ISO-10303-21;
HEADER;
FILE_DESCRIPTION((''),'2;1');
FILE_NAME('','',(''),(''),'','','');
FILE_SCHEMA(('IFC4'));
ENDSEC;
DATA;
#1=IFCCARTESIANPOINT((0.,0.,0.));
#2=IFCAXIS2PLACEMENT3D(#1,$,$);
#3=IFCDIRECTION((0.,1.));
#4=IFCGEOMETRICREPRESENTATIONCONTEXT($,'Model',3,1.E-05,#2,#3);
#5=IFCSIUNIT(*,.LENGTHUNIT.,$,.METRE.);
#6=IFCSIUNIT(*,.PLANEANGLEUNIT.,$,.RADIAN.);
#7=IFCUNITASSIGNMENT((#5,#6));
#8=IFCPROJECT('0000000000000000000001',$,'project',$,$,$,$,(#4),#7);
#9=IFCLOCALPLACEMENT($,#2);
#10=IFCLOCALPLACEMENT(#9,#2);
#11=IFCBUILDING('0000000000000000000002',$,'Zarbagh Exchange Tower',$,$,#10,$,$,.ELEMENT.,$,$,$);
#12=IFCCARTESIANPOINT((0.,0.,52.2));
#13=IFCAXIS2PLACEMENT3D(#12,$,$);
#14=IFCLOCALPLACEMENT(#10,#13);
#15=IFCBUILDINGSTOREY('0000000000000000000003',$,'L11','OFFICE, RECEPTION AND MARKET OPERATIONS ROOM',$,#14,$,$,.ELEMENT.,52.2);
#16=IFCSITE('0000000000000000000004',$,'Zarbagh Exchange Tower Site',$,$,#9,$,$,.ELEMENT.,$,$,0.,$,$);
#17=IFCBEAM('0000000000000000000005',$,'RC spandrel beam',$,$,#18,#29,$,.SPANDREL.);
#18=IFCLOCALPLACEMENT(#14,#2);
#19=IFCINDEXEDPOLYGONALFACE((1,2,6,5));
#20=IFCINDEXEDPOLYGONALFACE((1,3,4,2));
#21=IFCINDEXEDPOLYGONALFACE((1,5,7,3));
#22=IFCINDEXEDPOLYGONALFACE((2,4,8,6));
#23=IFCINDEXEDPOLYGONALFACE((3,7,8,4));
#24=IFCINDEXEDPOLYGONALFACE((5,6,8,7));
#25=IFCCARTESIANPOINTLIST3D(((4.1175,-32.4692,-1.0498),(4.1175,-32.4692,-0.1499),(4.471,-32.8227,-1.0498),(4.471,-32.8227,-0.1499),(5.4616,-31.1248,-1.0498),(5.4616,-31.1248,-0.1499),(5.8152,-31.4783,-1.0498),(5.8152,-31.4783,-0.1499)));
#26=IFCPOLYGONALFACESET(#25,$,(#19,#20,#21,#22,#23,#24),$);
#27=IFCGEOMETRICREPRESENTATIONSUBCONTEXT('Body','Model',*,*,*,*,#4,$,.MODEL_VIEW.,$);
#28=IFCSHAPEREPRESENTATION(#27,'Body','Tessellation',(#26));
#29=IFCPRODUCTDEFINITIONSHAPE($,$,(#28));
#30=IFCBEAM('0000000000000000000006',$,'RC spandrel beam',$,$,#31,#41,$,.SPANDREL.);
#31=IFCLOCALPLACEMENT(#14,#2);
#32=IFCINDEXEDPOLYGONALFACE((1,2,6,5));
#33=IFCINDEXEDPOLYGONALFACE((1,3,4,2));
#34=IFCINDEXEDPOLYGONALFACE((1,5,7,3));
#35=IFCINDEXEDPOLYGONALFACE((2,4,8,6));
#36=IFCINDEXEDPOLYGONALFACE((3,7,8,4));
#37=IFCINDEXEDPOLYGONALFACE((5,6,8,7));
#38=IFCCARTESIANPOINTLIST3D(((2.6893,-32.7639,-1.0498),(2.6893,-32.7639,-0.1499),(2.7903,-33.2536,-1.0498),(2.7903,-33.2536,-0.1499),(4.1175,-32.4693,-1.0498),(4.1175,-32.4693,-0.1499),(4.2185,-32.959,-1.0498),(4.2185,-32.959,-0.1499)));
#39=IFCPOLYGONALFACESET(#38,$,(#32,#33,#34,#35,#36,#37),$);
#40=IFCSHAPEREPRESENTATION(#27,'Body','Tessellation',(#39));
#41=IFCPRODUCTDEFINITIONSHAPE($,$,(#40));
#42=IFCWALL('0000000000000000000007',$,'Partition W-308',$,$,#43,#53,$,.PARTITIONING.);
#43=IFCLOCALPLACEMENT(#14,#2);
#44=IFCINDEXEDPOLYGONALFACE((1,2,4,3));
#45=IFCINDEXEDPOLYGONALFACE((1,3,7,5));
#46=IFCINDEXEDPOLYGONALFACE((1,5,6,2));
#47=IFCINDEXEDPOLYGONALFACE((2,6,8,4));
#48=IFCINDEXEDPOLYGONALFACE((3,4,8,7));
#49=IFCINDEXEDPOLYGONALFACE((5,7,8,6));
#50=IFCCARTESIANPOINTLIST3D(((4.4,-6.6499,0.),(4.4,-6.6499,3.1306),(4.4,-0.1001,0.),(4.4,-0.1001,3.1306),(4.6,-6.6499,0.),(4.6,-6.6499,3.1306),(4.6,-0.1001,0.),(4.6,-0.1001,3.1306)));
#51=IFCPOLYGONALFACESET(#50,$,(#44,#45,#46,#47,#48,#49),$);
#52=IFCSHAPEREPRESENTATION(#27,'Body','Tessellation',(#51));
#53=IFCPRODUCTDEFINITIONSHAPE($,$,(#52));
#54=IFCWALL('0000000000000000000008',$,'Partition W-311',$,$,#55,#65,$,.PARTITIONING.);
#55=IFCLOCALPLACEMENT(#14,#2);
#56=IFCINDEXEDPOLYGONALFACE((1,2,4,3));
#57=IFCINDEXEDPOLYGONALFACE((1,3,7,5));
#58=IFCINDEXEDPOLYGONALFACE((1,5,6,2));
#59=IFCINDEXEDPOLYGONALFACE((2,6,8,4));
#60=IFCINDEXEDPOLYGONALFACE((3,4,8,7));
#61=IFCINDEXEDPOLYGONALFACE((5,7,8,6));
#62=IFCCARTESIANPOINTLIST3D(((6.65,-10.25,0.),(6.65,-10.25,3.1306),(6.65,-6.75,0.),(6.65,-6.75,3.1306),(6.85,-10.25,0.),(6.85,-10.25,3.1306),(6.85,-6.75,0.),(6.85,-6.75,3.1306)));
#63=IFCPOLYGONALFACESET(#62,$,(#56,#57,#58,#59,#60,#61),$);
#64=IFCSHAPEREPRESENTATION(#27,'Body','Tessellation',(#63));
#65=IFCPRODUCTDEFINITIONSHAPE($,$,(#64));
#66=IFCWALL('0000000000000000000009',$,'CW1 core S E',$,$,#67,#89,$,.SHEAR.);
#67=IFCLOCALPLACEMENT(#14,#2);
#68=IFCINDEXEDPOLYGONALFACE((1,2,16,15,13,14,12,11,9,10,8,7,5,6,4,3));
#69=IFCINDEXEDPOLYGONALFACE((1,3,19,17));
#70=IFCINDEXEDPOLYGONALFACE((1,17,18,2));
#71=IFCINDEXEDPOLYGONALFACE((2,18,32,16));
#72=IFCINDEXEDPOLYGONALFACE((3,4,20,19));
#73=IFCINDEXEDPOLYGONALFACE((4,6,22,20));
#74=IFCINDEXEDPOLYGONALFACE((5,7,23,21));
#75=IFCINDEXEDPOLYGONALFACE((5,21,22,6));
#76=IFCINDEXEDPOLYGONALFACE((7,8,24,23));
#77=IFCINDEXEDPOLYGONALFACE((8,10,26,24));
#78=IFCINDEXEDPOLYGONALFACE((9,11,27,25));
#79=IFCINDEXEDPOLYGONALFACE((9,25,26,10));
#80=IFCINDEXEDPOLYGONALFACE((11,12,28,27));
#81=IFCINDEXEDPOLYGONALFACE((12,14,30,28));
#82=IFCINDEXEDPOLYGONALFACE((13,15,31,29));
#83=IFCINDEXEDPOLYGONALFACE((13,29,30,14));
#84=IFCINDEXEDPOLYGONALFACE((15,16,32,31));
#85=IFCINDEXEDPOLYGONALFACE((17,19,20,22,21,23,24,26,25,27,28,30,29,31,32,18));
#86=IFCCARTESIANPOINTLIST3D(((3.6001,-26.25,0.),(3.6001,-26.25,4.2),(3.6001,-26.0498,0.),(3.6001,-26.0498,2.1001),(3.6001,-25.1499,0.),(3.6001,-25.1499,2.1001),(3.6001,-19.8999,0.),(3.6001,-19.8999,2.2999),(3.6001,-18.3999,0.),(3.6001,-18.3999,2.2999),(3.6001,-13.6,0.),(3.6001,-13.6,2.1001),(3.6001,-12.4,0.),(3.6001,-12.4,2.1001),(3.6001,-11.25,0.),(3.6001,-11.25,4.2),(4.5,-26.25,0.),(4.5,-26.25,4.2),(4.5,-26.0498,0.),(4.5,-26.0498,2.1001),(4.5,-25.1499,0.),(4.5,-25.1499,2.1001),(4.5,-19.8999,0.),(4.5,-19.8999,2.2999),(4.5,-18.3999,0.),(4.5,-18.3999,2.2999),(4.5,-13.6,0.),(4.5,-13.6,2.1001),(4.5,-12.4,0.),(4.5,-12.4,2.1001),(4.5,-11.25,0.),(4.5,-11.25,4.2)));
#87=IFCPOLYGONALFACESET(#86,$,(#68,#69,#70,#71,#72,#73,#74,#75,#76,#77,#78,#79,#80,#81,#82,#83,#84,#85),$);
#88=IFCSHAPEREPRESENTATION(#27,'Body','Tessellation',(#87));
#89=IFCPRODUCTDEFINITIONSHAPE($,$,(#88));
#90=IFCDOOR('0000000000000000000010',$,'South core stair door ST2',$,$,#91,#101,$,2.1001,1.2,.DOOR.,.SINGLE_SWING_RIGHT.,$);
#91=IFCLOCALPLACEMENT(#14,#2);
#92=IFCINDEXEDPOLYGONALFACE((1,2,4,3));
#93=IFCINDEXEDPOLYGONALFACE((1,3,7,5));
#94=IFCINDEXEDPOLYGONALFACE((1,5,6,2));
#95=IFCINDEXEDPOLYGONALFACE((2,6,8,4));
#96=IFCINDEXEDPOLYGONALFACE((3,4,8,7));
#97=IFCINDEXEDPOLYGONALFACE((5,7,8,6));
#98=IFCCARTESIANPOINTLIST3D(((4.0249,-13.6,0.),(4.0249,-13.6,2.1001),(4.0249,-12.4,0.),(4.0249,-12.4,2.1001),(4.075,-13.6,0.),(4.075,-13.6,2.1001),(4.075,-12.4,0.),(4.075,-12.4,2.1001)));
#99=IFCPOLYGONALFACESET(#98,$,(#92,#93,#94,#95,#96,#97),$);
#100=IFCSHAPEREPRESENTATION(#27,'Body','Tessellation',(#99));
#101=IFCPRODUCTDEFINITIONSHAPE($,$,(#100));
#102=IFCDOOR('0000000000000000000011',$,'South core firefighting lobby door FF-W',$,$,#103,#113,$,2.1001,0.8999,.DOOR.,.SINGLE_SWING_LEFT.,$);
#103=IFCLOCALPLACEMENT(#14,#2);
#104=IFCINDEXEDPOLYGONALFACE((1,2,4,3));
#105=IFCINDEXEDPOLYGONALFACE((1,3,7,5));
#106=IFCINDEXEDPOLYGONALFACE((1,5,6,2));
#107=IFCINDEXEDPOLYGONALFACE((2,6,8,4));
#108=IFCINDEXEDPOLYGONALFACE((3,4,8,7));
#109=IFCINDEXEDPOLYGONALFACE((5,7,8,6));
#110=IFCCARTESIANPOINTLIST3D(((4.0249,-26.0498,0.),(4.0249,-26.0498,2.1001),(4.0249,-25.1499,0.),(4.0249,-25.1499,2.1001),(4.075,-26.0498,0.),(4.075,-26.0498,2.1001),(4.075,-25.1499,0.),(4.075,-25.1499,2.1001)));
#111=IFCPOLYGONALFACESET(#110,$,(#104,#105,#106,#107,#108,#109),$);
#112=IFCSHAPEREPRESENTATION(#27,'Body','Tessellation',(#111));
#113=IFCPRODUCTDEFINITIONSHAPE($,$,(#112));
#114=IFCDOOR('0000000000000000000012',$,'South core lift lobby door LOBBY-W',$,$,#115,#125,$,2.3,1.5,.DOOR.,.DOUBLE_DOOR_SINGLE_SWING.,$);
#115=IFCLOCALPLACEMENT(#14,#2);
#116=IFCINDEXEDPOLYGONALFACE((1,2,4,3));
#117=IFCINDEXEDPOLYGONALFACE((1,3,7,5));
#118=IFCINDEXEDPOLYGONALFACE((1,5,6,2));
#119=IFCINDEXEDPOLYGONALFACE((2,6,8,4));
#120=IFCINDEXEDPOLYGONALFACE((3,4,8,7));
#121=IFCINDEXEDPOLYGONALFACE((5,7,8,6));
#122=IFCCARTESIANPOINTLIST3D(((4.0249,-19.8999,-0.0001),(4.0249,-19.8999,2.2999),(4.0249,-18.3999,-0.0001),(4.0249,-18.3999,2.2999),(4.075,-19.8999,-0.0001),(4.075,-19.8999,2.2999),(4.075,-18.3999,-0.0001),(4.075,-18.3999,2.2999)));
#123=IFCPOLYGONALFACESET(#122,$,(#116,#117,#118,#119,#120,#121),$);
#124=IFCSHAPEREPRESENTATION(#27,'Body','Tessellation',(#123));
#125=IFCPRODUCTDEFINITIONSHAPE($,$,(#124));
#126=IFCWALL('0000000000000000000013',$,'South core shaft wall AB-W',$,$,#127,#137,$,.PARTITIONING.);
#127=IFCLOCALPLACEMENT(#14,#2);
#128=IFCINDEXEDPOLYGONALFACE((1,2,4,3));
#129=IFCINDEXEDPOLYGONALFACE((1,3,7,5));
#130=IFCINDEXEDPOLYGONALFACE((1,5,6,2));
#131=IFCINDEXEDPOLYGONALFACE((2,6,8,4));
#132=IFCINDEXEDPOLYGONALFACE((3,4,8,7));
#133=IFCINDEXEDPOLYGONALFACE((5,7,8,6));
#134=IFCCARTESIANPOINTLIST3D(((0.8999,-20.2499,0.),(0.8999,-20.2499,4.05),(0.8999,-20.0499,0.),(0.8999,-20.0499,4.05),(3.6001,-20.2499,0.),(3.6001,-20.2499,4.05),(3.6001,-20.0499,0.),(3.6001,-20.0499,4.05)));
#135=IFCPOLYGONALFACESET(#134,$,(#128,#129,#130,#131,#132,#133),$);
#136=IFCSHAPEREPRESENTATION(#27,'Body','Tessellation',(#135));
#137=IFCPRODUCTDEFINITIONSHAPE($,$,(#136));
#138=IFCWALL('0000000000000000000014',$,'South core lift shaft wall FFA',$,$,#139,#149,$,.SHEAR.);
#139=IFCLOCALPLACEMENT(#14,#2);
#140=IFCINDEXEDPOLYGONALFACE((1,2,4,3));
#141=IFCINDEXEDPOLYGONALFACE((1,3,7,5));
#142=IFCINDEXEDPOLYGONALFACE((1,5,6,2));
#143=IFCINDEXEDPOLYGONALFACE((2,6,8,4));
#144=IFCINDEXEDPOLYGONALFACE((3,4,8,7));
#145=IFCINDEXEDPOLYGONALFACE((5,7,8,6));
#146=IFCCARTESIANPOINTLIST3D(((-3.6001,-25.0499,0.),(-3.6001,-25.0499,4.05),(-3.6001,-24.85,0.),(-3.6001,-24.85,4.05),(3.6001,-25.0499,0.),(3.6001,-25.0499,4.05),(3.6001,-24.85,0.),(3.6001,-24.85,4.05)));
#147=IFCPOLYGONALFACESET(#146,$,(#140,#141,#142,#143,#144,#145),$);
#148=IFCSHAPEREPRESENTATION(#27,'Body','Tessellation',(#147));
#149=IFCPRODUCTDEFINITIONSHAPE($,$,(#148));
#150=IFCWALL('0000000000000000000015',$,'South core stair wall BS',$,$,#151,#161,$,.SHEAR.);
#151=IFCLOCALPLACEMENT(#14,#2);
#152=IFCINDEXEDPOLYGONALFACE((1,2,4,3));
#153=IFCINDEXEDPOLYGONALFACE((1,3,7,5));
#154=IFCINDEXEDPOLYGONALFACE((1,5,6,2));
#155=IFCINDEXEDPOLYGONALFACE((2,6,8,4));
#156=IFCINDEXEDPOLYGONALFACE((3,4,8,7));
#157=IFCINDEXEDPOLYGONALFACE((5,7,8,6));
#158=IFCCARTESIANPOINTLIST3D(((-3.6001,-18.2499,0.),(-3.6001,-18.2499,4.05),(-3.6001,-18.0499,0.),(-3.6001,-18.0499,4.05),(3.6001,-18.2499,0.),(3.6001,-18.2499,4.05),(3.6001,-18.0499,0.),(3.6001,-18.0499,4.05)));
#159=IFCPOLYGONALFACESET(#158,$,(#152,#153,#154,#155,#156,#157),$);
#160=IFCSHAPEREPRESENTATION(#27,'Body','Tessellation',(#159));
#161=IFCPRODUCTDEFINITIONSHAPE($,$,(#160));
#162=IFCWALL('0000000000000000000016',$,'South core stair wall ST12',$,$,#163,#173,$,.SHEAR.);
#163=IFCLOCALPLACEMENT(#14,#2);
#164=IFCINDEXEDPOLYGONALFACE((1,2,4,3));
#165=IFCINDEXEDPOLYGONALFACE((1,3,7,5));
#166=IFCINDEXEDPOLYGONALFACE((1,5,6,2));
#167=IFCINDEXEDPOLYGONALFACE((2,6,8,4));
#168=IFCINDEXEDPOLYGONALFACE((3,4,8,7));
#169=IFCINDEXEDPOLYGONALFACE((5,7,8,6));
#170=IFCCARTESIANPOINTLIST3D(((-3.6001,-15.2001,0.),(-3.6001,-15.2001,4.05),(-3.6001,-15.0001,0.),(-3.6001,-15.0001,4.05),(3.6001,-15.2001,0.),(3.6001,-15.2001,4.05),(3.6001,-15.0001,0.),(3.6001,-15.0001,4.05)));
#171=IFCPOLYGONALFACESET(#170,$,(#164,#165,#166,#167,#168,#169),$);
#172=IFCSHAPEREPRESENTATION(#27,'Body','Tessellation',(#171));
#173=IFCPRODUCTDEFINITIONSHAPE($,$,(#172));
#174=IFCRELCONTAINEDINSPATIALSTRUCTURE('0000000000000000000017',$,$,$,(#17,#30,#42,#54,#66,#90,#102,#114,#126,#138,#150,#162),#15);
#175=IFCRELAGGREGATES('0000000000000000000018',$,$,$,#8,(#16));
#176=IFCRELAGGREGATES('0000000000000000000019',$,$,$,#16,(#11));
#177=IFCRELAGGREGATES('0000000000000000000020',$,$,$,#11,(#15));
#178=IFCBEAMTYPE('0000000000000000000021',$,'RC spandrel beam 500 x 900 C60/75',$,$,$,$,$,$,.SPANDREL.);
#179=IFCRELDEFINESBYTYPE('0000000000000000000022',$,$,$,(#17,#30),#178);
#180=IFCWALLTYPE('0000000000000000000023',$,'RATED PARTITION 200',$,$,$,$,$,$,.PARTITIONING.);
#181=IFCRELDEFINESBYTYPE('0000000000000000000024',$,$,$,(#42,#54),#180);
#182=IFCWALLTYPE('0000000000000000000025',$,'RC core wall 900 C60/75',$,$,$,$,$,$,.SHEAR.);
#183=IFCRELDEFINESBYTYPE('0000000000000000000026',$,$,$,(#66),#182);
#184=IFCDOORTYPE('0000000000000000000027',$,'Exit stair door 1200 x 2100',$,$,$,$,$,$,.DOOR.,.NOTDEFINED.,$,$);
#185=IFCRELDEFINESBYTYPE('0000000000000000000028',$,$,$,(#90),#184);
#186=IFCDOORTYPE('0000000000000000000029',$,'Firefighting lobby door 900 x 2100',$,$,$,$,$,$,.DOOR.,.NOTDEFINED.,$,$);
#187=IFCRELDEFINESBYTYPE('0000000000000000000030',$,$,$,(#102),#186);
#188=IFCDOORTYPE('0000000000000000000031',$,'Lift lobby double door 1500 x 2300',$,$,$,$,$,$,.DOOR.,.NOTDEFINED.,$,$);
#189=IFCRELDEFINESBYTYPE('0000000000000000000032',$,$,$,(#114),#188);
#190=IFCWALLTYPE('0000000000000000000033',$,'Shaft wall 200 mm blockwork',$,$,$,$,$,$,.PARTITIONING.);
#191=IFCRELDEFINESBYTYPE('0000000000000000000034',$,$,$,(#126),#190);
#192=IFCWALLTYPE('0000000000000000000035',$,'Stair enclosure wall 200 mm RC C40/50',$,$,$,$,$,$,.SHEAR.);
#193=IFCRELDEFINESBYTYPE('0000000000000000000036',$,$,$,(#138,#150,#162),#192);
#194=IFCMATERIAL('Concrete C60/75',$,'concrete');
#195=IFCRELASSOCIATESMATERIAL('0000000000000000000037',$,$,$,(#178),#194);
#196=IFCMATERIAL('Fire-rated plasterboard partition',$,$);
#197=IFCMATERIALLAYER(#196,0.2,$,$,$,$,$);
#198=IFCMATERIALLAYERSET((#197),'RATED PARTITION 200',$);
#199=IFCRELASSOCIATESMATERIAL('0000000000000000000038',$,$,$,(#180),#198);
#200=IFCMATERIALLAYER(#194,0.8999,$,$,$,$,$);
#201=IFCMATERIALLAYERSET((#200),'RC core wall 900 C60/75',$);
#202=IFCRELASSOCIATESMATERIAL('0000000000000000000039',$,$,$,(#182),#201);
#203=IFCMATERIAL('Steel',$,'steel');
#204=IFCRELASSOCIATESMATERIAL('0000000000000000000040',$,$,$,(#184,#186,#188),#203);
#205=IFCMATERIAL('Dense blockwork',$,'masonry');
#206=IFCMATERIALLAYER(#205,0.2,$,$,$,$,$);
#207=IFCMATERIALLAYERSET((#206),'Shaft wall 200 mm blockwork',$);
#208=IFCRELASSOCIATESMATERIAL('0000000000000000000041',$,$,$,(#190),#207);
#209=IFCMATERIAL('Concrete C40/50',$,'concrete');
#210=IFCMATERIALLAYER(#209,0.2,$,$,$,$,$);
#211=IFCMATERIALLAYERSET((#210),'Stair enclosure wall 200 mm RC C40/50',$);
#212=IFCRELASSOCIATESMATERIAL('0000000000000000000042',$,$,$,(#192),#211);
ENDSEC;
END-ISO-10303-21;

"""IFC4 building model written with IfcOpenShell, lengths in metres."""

from ifc_helpers import new_model, si_unit, direction, frame, frame_2d, origin, origin_2d, place, context, subcontext, project, spatial, rectangle, extrude, material, layer, layer_set, material_profile, profile_set, type_object, element, fill, save


model = new_model("IFC4")

# Units and contexts
model_context = context("Model", 3, precision=1e-05, world=origin(), true_north=direction((0.0, 1.0)))
body_context = subcontext(model_context, "Body", "Model", "MODEL_VIEW")
ifc_project = project(units=[si_unit("LENGTHUNIT", "METRE"), si_unit("PLANEANGLEUNIT", "RADIAN")], contexts=[model_context])

# Site, building, storey
site_placement = place(None, origin())
site = spatial("IfcSite", under=ifc_project, at=site_placement, Name="Zarbagh Exchange Tower Site", CompositionType="ELEMENT", RefElevation=0.0)
building_placement = place(site_placement, origin())
building = spatial("IfcBuilding", under=site, at=building_placement, Name="Zarbagh Exchange Tower", CompositionType="ELEMENT")
storey_placement = place(building_placement, frame((0.0, 0.0, 52.2)))
storey = spatial("IfcBuildingStorey", under=building, at=storey_placement, Name="L11", Description="OFFICE, RECEPTION AND MARKET OPERATIONS ROOM", CompositionType="ELEMENT", Elevation=52.2)

# Shared definitions
ifc_material_1 = material(Name="Concrete C60/75", Category="concrete")

# Beams
ifc_material_profile_1 = material_profile(ifc_material_1, rectangle(XDim=0.5, YDim=0.8999, at=origin_2d()), Name="RC spandrel beam 500 x 900 C60/75")
ifc_profile_set_1 = profile_set([ifc_material_profile_1], Name="Concrete C60/75")
beam_type_1 = type_object("IfcBeamType", Name="RC spandrel beam 500 x 900 C60/75", PredefinedType="SPANDREL", material=ifc_profile_set_1)
beam_1_placement = place(storey_placement, frame((5.6384, -31.3015, -0.5999), z_axis=(-0.707043, -0.707171, 0.0), x_axis=(0.707171, -0.707043, 0.0)))
element("IfcBeam", 1, at=beam_1_placement, inside=storey, type_object=beam_type_1, Name="RC spandrel beam", PredefinedType="SPANDREL", context=body_context, shape_type="SweptSolid", body=[
    extrude(rectangle(XDim=0.5, YDim=0.8999, at=origin_2d()), origin(), (0.0, 0.0, 1.0), 1.9011),
])
beam_2_placement = place(storey_placement, frame((4.168, -32.7141, -0.5999), z_axis=(-0.979371, -0.202069, 0.0), x_axis=(0.202069, -0.979371, 0.0)))
element("IfcBeam", 2, at=beam_2_placement, inside=storey, type_object=beam_type_1, Name="RC spandrel beam", PredefinedType="SPANDREL", context=body_context, shape_type="SweptSolid", body=[
    extrude(rectangle(XDim=0.5, YDim=0.8999, at=origin_2d()), origin(), (0.0, 0.0, 1.0), 1.4583),
])

# Walls
ifc_material_2 = material(Name="Fire-rated plasterboard partition")
ifc_layer_1 = layer(ifc_material_2, 0.2)
ifc_layer_set_1 = layer_set([ifc_layer_1], Name="RATED PARTITION 200")
wall_type_1 = type_object("IfcWallType", Name="RATED PARTITION 200", PredefinedType="PARTITIONING", material=ifc_layer_set_1)
wall_1_placement = place(storey_placement, frame((4.5, -6.6499, 0.0), z_axis=(0.0, 0.0, 1.0), x_axis=(0.0, 1.0, 0.0)))
element("IfcWall", 3, at=wall_1_placement, inside=storey, type_object=wall_type_1, Name="Partition W-308", PredefinedType="PARTITIONING", context=body_context, shape_type="SweptSolid", body=[
    extrude(rectangle(XDim=6.5498, YDim=0.2, at=frame_2d((3.2749, 0.0))), origin(), (0.0, 0.0, 1.0), 3.1306),
])
wall_2_placement = place(storey_placement, frame((6.75, -10.25, 0.0), z_axis=(0.0, 0.0, 1.0), x_axis=(0.0, 1.0, 0.0)))
element("IfcWall", 4, at=wall_2_placement, inside=storey, type_object=wall_type_1, Name="Partition W-311", PredefinedType="PARTITIONING", context=body_context, shape_type="SweptSolid", body=[
    extrude(rectangle(XDim=3.5, YDim=0.2, at=frame_2d((1.75, 0.0))), origin(), (0.0, 0.0, 1.0), 3.1306),
])

# Wall, openings, doors
ifc_layer_2 = layer(ifc_material_1, 0.8999)
ifc_layer_set_2 = layer_set([ifc_layer_2], Name="RC core wall 900 C60/75")
wall_type_2 = type_object("IfcWallType", Name="RC core wall 900 C60/75", PredefinedType="SHEAR", material=ifc_layer_set_2)
wall_3_placement = place(storey_placement, frame((4.05, -11.25, 0.0), z_axis=(0.0, 0.0, 1.0), x_axis=(0.0, -1.0, 0.0)))
wall_3 = element("IfcWall", 5, at=wall_3_placement, inside=storey, type_object=wall_type_2, Name="CW1 core S E", PredefinedType="SHEAR", context=body_context, shape_type="SweptSolid", body=[
    extrude(rectangle(XDim=15.0, YDim=0.8999, at=frame_2d((7.5, 0.0))), origin(), (0.0, 0.0, 1.0), 4.2),
])
opening_1_placement = place(wall_3_placement, frame((7.1499, 0.0, 0.0)))
opening_1 = element("IfcOpeningElement", 6, at=opening_1_placement, cuts=wall_3, PredefinedType="OPENING", context=body_context, shape_type="SweptSolid", body=[
    extrude(rectangle(XDim=1.5, YDim=2.3, at=frame_2d((0.75, 1.1499))), frame((0.0, 0.46, 0.0), z_axis=(0.0, -1.0, 0.0), x_axis=(1.0, 0.0, 0.0)), (0.0, 0.0, 1.0), 0.9199),
])
opening_2_placement = place(wall_3_placement, frame((13.8999, 0.0, 0.0)))
opening_2 = element("IfcOpeningElement", 7, at=opening_2_placement, cuts=wall_3, PredefinedType="OPENING", context=body_context, shape_type="SweptSolid", body=[
    extrude(rectangle(XDim=0.8999, YDim=2.1001, at=frame_2d((0.45, 1.05))), frame((0.0, 0.46, 0.0), z_axis=(0.0, -1.0, 0.0), x_axis=(1.0, 0.0, 0.0)), (0.0, 0.0, 1.0), 0.9199),
])
opening_3_placement = place(wall_3_placement, frame((1.1499, 0.0, 0.0)))
opening_3 = element("IfcOpeningElement", 8, at=opening_3_placement, cuts=wall_3, PredefinedType="OPENING", context=body_context, shape_type="SweptSolid", body=[
    extrude(rectangle(XDim=1.2, YDim=2.1001, at=frame_2d((0.6001, 1.05))), frame((0.0, 0.46, 0.0), z_axis=(0.0, -1.0, 0.0), x_axis=(1.0, 0.0, 0.0)), (0.0, 0.0, 1.0), 0.9199),
])
ifc_material_3 = material(Name="Steel", Category="steel")
door_type_1 = type_object("IfcDoorType", Name="Exit stair door 1200 x 2100", OperationType="NOTDEFINED", PredefinedType="DOOR", material=ifc_material_3)
door_1_placement = place(opening_3_placement, origin())
door_1 = element("IfcDoor", 9, at=door_1_placement, inside=storey, type_object=door_type_1, Name="South core stair door ST2", OperationType="SINGLE_SWING_RIGHT", OverallHeight=2.1001, OverallWidth=1.2, PredefinedType="DOOR", context=body_context, shape_type="SweptSolid", body=[
    extrude(rectangle(XDim=1.2, YDim=2.1001, at=frame_2d((0.6001, 1.05))), frame((0.0, 0.0249, 0.0), z_axis=(0.0, -1.0, 0.0), x_axis=(1.0, 0.0, 0.0)), (0.0, 0.0, 1.0), 0.05),
])
fill(opening_3, door_1)
door_type_2 = type_object("IfcDoorType", Name="Firefighting lobby door 900 x 2100", OperationType="NOTDEFINED", PredefinedType="DOOR", material=ifc_material_3)
door_2_placement = place(opening_2_placement, origin())
door_2 = element("IfcDoor", 10, at=door_2_placement, inside=storey, type_object=door_type_2, Name="South core firefighting lobby door FF-W", OperationType="SINGLE_SWING_LEFT", OverallHeight=2.1001, OverallWidth=0.8999, PredefinedType="DOOR", context=body_context, shape_type="SweptSolid", body=[
    extrude(rectangle(XDim=0.8999, YDim=2.1001, at=frame_2d((0.45, 1.05))), frame((0.0, 0.0249, 0.0), z_axis=(0.0, -1.0, 0.0), x_axis=(1.0, 0.0, 0.0)), (0.0, 0.0, 1.0), 0.05),
])
fill(opening_2, door_2)
door_type_3 = type_object("IfcDoorType", Name="Lift lobby double door 1500 x 2300", OperationType="NOTDEFINED", PredefinedType="DOOR", material=ifc_material_3)
door_3_placement = place(opening_1_placement, origin())
door_3 = element("IfcDoor", 11, at=door_3_placement, inside=storey, type_object=door_type_3, Name="South core lift lobby door LOBBY-W", OperationType="DOUBLE_DOOR_SINGLE_SWING", OverallHeight=2.3, OverallWidth=1.5, PredefinedType="DOOR", context=body_context, shape_type="SweptSolid", body=[
    extrude(rectangle(XDim=1.5, YDim=2.3, at=frame_2d((0.75, 1.1499))), frame((0.0, 0.0249, 0.0), z_axis=(0.0, -1.0, 0.0), x_axis=(1.0, 0.0, 0.0)), (0.0, 0.0, 1.0), 0.05),
])
fill(opening_1, door_3)

# Walls
ifc_material_4 = material(Name="Dense blockwork", Category="masonry")
ifc_layer_3 = layer(ifc_material_4, 0.2)
ifc_layer_set_3 = layer_set([ifc_layer_3], Name="Shaft wall 200 mm blockwork")
wall_type_3 = type_object("IfcWallType", Name="Shaft wall 200 mm blockwork", PredefinedType="PARTITIONING", material=ifc_layer_set_3)
wall_4_placement = place(storey_placement, frame((3.6001, -20.1499, 0.0), z_axis=(0.0, 0.0, 1.0), x_axis=(-1.0, 0.0, 0.0)))
element("IfcWall", 12, at=wall_4_placement, inside=storey, type_object=wall_type_3, Name="South core shaft wall AB-W", PredefinedType="PARTITIONING", context=body_context, shape_type="SweptSolid", body=[
    extrude(rectangle(XDim=2.7002, YDim=0.2, at=frame_2d((1.3501, 0.0))), origin(), (0.0, 0.0, 1.0), 4.05),
])
ifc_material_5 = material(Name="Concrete C40/50", Category="concrete")
ifc_layer_4 = layer(ifc_material_5, 0.2)
ifc_layer_set_4 = layer_set([ifc_layer_4], Name="Stair enclosure wall 200 mm RC C40/50")
wall_type_4 = type_object("IfcWallType", Name="Stair enclosure wall 200 mm RC C40/50", PredefinedType="SHEAR", material=ifc_layer_set_4)
for number, where, z_axis, x_axis, name in (
    (13, (3.6001, -24.95, 0.0), (0.0, 0.0, 1.0), (-1.0, 0.0, 0.0), "South core lift shaft wall FFA"),
    (14, (3.6001, -18.1499, 0.0), (0.0, 0.0, 1.0), (-1.0, 0.0, 0.0), "South core stair wall BS"),
    (15, (3.6001, -15.1001, 0.0), (0.0, 0.0, 1.0), (-1.0, 0.0, 0.0), "South core stair wall ST12"),
):
    element("IfcWall", number, at=place(storey_placement, frame(where, z_axis=z_axis, x_axis=x_axis)), inside=storey, type_object=wall_type_4, Name=name, PredefinedType="SHEAR", context=body_context, shape_type="SweptSolid", body=[
        extrude(rectangle(XDim=7.2002, YDim=0.2, at=frame_2d((3.6001, 0.0))), origin(), (0.0, 0.0, 1.0), 4.05),
    ])

save(model, "model.ifc")
